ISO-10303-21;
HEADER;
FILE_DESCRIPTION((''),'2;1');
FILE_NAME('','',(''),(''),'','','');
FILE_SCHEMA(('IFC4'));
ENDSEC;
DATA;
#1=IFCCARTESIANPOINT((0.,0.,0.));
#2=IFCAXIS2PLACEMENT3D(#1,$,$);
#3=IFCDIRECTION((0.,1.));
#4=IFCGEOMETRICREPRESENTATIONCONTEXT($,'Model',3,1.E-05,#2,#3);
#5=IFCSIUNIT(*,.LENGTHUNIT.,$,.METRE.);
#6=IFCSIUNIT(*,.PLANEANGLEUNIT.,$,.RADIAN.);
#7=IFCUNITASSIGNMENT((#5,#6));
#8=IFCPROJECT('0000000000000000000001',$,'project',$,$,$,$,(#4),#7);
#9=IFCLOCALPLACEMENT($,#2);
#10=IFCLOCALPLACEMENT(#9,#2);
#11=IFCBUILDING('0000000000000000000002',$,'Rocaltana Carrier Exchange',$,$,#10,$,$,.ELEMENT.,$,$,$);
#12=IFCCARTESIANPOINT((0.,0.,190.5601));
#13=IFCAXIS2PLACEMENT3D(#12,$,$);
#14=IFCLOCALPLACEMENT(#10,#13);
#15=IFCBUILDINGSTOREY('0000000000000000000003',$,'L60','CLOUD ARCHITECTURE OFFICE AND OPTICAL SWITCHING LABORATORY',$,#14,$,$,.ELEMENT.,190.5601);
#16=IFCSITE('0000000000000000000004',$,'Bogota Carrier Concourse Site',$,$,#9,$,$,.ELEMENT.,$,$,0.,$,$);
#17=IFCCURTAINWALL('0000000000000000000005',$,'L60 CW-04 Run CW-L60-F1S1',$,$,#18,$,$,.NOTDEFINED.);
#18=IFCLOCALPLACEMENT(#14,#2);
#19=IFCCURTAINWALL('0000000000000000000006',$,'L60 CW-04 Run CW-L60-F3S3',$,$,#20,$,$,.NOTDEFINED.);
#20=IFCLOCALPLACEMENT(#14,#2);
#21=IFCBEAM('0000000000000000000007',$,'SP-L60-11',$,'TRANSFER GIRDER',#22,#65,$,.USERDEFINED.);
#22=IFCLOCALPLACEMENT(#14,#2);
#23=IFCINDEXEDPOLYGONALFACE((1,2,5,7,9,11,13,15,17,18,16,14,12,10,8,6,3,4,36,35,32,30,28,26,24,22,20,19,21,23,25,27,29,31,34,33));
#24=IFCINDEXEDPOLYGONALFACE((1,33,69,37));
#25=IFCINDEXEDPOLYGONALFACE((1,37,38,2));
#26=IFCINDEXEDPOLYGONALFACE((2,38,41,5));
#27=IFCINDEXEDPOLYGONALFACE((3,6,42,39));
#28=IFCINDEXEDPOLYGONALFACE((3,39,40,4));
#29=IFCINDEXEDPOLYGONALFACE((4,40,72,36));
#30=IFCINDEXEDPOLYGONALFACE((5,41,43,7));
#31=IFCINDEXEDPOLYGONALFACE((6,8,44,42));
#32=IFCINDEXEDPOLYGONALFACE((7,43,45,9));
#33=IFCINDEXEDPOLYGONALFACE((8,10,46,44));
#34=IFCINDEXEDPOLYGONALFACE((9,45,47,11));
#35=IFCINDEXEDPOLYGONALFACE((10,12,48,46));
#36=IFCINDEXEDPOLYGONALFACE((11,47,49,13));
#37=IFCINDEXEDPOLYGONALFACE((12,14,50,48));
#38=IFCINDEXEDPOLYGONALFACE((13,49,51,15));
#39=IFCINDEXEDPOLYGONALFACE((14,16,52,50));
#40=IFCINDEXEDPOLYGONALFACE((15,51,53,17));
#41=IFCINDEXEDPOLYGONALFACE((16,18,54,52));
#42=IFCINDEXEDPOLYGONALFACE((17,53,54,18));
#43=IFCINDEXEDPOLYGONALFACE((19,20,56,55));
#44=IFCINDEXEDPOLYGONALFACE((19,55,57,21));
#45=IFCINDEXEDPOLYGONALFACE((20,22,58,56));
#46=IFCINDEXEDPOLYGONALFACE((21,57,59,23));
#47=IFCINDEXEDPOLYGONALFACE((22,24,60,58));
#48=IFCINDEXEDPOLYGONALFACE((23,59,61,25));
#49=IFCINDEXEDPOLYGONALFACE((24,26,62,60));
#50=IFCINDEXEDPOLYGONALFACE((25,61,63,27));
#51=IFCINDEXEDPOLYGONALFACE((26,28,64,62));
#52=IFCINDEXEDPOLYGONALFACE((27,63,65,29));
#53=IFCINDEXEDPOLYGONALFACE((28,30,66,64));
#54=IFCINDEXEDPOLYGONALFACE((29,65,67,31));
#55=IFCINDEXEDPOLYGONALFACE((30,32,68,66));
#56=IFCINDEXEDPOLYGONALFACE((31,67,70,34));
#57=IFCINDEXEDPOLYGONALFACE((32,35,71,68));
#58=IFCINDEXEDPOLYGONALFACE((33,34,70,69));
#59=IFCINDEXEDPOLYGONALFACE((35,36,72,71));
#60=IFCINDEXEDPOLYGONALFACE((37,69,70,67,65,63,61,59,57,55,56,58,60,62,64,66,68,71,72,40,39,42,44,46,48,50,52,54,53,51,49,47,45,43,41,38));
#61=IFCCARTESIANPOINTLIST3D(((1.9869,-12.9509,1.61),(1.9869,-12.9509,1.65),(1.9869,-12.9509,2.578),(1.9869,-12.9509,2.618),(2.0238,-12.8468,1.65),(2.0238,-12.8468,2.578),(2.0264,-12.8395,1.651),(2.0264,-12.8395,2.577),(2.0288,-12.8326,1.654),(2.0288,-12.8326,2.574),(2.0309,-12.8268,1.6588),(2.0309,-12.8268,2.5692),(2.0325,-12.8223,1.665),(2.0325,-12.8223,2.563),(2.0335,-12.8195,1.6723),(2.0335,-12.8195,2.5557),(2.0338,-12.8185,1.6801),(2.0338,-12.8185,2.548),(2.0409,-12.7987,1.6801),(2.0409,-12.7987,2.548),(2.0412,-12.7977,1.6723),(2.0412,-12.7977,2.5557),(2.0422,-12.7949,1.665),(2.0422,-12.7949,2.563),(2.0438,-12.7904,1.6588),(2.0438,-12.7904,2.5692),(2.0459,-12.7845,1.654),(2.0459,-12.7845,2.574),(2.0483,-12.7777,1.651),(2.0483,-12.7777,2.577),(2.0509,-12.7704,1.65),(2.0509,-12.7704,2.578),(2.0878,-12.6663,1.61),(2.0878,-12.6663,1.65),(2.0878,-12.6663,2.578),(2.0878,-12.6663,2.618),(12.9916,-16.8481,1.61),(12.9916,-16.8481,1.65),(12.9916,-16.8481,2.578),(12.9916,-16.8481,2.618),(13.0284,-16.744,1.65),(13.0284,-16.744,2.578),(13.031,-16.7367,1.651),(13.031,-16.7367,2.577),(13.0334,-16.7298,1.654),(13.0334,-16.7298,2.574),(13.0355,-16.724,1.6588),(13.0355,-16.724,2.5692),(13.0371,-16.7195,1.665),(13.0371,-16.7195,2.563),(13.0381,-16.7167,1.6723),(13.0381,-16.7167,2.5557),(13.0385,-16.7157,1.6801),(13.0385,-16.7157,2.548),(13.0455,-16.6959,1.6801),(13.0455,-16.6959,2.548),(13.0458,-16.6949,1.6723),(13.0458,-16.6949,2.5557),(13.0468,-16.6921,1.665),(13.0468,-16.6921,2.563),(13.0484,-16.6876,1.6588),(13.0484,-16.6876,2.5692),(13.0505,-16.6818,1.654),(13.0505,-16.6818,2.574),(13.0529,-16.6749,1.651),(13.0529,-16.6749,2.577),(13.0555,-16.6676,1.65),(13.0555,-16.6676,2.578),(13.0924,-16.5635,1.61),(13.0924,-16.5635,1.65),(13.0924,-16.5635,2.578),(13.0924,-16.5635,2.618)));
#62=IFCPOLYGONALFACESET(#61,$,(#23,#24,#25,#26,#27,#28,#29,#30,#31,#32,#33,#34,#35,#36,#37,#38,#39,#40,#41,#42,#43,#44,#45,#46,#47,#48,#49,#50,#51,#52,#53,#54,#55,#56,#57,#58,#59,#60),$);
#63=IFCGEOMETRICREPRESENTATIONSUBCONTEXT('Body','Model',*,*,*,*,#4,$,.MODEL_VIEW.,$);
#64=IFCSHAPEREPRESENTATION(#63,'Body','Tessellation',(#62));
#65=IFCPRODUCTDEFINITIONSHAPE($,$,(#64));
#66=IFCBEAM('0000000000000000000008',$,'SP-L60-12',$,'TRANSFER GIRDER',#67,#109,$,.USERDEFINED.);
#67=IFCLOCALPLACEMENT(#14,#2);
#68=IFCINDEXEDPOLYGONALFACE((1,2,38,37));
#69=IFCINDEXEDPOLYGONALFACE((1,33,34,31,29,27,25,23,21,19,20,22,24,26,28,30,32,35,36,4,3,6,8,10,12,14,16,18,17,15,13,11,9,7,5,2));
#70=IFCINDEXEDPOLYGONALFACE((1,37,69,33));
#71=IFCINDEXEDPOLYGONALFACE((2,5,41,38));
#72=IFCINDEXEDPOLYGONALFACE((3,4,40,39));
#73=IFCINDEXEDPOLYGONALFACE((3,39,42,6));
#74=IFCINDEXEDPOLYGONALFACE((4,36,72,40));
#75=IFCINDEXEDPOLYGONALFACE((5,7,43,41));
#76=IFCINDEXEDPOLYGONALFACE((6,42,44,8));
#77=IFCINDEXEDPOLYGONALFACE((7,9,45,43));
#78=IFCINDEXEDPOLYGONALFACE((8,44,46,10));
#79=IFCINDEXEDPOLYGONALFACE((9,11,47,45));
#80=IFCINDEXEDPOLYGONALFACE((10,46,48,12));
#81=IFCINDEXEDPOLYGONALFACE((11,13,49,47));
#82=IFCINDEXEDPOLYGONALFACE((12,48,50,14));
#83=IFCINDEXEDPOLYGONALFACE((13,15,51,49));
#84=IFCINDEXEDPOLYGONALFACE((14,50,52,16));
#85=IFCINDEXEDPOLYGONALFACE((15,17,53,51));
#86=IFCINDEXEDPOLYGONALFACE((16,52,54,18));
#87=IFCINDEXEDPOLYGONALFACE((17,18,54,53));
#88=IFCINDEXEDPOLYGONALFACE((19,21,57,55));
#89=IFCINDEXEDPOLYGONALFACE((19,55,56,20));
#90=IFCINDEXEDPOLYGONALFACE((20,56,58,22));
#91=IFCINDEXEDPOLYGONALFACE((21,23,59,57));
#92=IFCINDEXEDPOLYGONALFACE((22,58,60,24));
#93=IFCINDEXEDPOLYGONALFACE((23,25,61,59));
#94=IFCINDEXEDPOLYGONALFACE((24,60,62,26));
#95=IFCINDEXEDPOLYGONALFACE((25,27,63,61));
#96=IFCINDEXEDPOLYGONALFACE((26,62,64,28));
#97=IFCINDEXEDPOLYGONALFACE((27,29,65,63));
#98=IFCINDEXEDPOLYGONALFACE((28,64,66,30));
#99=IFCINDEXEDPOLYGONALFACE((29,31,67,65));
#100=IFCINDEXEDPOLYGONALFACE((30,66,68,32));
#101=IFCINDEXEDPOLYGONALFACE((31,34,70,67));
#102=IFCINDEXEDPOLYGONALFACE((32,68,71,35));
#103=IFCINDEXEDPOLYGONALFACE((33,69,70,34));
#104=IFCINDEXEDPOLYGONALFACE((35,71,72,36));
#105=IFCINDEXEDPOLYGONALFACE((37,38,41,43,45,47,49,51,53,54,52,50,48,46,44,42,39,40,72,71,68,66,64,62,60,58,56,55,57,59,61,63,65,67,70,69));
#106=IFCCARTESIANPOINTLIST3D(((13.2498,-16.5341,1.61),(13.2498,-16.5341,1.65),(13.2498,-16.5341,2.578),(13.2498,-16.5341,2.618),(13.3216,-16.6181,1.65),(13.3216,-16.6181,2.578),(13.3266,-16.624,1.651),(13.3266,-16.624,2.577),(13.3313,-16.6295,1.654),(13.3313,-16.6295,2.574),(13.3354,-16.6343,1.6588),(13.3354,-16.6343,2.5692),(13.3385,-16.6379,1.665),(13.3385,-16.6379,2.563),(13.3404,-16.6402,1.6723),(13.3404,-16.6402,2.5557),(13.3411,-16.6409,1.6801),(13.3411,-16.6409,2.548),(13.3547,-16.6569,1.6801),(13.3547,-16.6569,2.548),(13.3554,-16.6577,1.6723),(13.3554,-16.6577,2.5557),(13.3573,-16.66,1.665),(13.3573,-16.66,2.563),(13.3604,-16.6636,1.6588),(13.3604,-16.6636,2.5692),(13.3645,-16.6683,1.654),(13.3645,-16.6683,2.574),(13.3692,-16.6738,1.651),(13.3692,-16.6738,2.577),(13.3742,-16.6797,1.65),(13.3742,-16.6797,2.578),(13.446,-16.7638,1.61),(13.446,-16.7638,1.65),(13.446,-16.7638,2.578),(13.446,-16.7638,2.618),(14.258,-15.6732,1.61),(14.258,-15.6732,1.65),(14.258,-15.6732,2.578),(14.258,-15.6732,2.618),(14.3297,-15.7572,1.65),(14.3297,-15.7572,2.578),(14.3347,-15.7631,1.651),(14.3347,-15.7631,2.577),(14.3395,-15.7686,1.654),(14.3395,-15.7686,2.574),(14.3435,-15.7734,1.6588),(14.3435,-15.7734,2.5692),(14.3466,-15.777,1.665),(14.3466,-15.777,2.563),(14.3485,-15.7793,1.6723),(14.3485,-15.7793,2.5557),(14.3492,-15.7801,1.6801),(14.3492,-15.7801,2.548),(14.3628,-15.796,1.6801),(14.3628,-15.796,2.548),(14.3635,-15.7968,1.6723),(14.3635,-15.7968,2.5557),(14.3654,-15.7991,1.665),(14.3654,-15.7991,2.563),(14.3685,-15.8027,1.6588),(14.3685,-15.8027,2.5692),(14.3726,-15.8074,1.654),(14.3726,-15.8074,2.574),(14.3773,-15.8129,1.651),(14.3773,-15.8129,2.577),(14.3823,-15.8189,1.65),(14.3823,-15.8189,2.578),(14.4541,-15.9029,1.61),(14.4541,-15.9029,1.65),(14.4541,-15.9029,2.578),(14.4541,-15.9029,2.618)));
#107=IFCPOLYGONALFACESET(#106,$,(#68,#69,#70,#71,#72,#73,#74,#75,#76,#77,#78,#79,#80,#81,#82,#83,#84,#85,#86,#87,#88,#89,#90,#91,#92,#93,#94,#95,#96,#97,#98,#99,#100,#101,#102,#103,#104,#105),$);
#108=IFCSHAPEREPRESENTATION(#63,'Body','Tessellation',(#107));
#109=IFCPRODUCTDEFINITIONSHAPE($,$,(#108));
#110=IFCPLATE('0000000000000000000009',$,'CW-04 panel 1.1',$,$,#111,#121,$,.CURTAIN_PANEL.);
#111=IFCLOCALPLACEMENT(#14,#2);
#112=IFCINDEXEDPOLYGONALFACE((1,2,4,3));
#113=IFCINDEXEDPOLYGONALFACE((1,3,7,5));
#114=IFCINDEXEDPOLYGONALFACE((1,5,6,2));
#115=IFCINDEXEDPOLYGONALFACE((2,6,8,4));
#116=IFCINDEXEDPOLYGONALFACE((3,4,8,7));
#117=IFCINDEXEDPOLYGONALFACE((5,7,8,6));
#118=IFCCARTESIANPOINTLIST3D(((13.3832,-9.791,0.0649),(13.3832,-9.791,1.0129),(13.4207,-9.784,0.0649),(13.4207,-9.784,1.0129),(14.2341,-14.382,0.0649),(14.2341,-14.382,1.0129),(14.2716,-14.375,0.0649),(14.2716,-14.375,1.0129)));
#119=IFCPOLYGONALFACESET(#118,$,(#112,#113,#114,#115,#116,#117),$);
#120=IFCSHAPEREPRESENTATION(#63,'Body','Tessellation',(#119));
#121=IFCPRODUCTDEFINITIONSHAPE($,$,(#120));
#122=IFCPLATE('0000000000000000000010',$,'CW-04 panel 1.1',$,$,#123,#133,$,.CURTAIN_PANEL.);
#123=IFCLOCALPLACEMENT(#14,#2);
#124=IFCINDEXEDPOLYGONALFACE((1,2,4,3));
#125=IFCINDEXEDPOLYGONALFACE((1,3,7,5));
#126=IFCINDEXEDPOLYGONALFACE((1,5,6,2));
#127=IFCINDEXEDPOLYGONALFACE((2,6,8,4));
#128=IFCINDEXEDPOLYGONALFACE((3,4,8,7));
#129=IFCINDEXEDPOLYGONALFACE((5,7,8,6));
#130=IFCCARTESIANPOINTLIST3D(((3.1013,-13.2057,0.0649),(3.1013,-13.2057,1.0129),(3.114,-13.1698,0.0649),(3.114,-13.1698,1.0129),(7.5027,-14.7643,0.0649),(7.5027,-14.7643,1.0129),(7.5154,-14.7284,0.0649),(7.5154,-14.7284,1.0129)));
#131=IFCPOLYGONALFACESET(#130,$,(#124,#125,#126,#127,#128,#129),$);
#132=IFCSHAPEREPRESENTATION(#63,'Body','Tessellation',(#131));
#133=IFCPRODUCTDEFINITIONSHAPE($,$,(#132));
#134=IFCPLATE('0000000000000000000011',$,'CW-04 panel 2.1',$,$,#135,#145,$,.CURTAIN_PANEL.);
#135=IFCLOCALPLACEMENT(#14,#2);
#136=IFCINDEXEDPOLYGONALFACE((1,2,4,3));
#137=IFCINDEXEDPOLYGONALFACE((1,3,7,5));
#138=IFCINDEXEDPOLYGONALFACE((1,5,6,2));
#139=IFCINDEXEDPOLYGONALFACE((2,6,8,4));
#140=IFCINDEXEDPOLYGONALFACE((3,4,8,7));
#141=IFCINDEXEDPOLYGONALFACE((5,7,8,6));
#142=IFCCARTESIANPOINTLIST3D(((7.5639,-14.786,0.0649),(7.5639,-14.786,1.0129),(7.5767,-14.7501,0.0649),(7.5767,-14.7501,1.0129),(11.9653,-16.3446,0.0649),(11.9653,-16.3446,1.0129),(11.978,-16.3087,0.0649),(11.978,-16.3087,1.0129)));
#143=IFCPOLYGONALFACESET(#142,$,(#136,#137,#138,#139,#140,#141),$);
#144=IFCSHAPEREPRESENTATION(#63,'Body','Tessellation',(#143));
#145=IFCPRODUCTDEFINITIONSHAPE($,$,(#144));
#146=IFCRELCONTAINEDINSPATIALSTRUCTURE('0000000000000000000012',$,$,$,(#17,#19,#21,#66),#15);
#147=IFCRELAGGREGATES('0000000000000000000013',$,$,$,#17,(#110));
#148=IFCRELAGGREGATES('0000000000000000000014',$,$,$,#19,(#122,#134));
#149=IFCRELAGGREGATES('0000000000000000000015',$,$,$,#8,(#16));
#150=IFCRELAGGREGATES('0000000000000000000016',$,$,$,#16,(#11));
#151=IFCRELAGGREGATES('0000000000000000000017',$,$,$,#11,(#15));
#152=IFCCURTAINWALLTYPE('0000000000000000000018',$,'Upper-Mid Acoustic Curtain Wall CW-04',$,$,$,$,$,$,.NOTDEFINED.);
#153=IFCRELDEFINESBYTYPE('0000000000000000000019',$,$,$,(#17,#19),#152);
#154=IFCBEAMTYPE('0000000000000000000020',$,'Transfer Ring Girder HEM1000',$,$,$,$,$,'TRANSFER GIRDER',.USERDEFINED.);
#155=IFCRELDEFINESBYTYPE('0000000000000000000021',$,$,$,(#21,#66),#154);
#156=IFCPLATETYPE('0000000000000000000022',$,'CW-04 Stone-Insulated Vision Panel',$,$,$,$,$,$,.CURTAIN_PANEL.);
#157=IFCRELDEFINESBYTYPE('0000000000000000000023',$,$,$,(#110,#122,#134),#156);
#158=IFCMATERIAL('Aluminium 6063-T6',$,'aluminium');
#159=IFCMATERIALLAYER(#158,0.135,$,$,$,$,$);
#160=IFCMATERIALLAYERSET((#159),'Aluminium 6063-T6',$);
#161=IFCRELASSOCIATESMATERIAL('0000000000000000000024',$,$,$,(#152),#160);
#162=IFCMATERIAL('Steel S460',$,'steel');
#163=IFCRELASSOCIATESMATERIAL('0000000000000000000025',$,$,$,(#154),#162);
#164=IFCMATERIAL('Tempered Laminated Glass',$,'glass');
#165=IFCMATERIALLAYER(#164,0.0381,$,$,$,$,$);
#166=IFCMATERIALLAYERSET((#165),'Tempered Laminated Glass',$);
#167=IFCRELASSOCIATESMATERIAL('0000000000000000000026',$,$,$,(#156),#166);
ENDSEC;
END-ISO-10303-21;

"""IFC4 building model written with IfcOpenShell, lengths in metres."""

from ifc_helpers import new_model, si_unit, direction, frame, origin, origin_2d, place, context, subcontext, project, spatial, rectangle, i_section, extrude, material, layer, layer_set, material_profile, profile_set, type_object, element, aggregate, save


model = new_model("IFC4")

# Units and contexts
model_context = context("Model", 3, precision=1e-05, world=origin(), true_north=direction((0.0, 1.0)))
body_context = subcontext(model_context, "Body", "Model", "MODEL_VIEW")
ifc_project = project(units=[si_unit("LENGTHUNIT", "METRE"), si_unit("PLANEANGLEUNIT", "RADIAN")], contexts=[model_context])

# Site, building, storey
site_placement = place(None, origin())
site = spatial("IfcSite", under=ifc_project, at=site_placement, Name="Bogota Carrier Concourse Site", CompositionType="ELEMENT", RefElevation=0.0)
building_placement = place(site_placement, origin())
building = spatial("IfcBuilding", under=site, at=building_placement, Name="Rocaltana Carrier Exchange", CompositionType="ELEMENT")
storey_placement = place(building_placement, frame((0.0, 0.0, 190.5601)))
storey = spatial("IfcBuildingStorey", under=building, at=storey_placement, Name="L60", Description="CLOUD ARCHITECTURE OFFICE AND OPTICAL SWITCHING LABORATORY", CompositionType="ELEMENT", Elevation=190.5601)

# Curtain wall
ifc_material_1 = material(Name="Aluminium 6063-T6", Category="aluminium")
ifc_layer_1 = layer(ifc_material_1, 0.135)
ifc_layer_set_1 = layer_set([ifc_layer_1], Name="Aluminium 6063-T6")
curtain_wall_type = type_object("IfcCurtainWallType", Name="Upper-Mid Acoustic Curtain Wall CW-04", PredefinedType="NOTDEFINED", material=ifc_layer_set_1)
curtain_wall_1_placement = place(storey_placement, origin())
curtain_wall_1 = element("IfcCurtainWall", 1, at=curtain_wall_1_placement, inside=storey, type_object=curtain_wall_type, Name="L60 CW-04 Run CW-L60-F1S1", PredefinedType="NOTDEFINED")

# Curtain wall
curtain_wall_2_placement = place(storey_placement, origin())
curtain_wall_2 = element("IfcCurtainWall", 2, at=curtain_wall_2_placement, inside=storey, type_object=curtain_wall_type, Name="L60 CW-04 Run CW-L60-F3S3", PredefinedType="NOTDEFINED")

# Beams
ifc_material_2 = material(Name="Steel S460", Category="steel")
ifc_material_profile_1 = material_profile(ifc_material_2, i_section(OverallWidth=0.302, OverallDepth=1.0081, WebThickness=0.021, FlangeThickness=0.04, FilletRadius=0.03, at=origin_2d()), Name="HEM1000")
ifc_profile_set_1 = profile_set([ifc_material_profile_1], Name="Steel S460")
beam_type_1 = type_object("IfcBeamType", Name="Transfer Ring Girder HEM1000", ElementType="TRANSFER GIRDER", PredefinedType="USERDEFINED", material=ifc_profile_set_1)
for number, where, z_axis, x_axis, name in (
    (3, (2.0374, -12.8086, 2.114), (0.942634, -0.333827, 0.0), (0.333827, 0.942634, 0.0), "SP-L60-11"),
):
    element("IfcBeam", number, at=place(storey_placement, frame(where, z_axis=z_axis, x_axis=x_axis)), inside=storey, type_object=beam_type_1, Name=name, ObjectType="TRANSFER GIRDER", PredefinedType="USERDEFINED", context=body_context, shape_type="SweptSolid", body=[
        extrude(i_section(OverallWidth=0.302, OverallDepth=1.0081, WebThickness=0.021, FlangeThickness=0.04, FilletRadius=0.03, at=origin_2d()), origin(), (0.0, 0.0, 1.0), 11.6743),
    ])
beam_1_placement = place(storey_placement, frame((13.3479, -16.6489, 2.114), z_axis=(0.760451, 0.649395, 0.0), x_axis=(-0.649395, 0.760451, 0.0)))
element("IfcBeam", 4, at=beam_1_placement, inside=storey, type_object=beam_type_1, Name="SP-L60-12", ObjectType="TRANSFER GIRDER", PredefinedType="USERDEFINED", context=body_context, shape_type="SweptSolid", body=[
    extrude(i_section(OverallWidth=0.302, OverallDepth=1.0081, WebThickness=0.021, FlangeThickness=0.04, FilletRadius=0.03, at=origin_2d()), origin(), (0.0, 0.0, 1.0), 1.3257),
])

# Plates
ifc_material_3 = material(Name="Tempered Laminated Glass", Category="glass")
ifc_layer_2 = layer(ifc_material_3, 0.0381)
ifc_layer_set_2 = layer_set([ifc_layer_2], Name="Tempered Laminated Glass")
plate_type = type_object("IfcPlateType", Name="CW-04 Stone-Insulated Vision Panel", PredefinedType="CURTAIN_PANEL", material=ifc_layer_set_2)
plate_1_placement = place(storey_placement, frame((13.8274, -12.083, 0.0649), z_axis=(0.0, 0.0, 1.0), x_axis=(-0.182234, 0.983255, 0.0)))
plate_1 = element("IfcPlate", 5, at=plate_1_placement, type_object=plate_type, Name="CW-04 panel 1.1", PredefinedType="CURTAIN_PANEL", context=body_context, shape_type="SweptSolid", body=[
    extrude(rectangle(XDim=4.6692, YDim=0.0381, at=origin_2d()), origin(), (0.0, 0.0, 1.0), 0.948),
])
aggregate(curtain_wall_1, [plate_1])
plate_2_placement = place(storey_placement, frame((5.3083, -13.967, 0.0649), z_axis=(0.0, 0.0, 1.0), x_axis=(0.942644, -0.333799, 0.0)))
plate_2 = element("IfcPlate", 6, at=plate_2_placement, type_object=plate_type, Name="CW-04 panel 1.1", PredefinedType="CURTAIN_PANEL", context=body_context, shape_type="SweptSolid", body=[
    extrude(rectangle(XDim=4.6692, YDim=0.0381, at=origin_2d()), origin(), (0.0, 0.0, 1.0), 0.948),
])
plate_3_placement = place(storey_placement, frame((9.771, -15.5474, 0.0649), z_axis=(0.0, 0.0, 1.0), x_axis=(0.942644, -0.333799, 0.0)))
plate_3 = element("IfcPlate", 7, at=plate_3_placement, type_object=plate_type, Name="CW-04 panel 2.1", PredefinedType="CURTAIN_PANEL", context=body_context, shape_type="SweptSolid", body=[
    extrude(rectangle(XDim=4.6692, YDim=0.0381, at=origin_2d()), origin(), (0.0, 0.0, 1.0), 0.948),
])
aggregate(curtain_wall_2, [plate_2, plate_3])

save(model, "model.ifc")
